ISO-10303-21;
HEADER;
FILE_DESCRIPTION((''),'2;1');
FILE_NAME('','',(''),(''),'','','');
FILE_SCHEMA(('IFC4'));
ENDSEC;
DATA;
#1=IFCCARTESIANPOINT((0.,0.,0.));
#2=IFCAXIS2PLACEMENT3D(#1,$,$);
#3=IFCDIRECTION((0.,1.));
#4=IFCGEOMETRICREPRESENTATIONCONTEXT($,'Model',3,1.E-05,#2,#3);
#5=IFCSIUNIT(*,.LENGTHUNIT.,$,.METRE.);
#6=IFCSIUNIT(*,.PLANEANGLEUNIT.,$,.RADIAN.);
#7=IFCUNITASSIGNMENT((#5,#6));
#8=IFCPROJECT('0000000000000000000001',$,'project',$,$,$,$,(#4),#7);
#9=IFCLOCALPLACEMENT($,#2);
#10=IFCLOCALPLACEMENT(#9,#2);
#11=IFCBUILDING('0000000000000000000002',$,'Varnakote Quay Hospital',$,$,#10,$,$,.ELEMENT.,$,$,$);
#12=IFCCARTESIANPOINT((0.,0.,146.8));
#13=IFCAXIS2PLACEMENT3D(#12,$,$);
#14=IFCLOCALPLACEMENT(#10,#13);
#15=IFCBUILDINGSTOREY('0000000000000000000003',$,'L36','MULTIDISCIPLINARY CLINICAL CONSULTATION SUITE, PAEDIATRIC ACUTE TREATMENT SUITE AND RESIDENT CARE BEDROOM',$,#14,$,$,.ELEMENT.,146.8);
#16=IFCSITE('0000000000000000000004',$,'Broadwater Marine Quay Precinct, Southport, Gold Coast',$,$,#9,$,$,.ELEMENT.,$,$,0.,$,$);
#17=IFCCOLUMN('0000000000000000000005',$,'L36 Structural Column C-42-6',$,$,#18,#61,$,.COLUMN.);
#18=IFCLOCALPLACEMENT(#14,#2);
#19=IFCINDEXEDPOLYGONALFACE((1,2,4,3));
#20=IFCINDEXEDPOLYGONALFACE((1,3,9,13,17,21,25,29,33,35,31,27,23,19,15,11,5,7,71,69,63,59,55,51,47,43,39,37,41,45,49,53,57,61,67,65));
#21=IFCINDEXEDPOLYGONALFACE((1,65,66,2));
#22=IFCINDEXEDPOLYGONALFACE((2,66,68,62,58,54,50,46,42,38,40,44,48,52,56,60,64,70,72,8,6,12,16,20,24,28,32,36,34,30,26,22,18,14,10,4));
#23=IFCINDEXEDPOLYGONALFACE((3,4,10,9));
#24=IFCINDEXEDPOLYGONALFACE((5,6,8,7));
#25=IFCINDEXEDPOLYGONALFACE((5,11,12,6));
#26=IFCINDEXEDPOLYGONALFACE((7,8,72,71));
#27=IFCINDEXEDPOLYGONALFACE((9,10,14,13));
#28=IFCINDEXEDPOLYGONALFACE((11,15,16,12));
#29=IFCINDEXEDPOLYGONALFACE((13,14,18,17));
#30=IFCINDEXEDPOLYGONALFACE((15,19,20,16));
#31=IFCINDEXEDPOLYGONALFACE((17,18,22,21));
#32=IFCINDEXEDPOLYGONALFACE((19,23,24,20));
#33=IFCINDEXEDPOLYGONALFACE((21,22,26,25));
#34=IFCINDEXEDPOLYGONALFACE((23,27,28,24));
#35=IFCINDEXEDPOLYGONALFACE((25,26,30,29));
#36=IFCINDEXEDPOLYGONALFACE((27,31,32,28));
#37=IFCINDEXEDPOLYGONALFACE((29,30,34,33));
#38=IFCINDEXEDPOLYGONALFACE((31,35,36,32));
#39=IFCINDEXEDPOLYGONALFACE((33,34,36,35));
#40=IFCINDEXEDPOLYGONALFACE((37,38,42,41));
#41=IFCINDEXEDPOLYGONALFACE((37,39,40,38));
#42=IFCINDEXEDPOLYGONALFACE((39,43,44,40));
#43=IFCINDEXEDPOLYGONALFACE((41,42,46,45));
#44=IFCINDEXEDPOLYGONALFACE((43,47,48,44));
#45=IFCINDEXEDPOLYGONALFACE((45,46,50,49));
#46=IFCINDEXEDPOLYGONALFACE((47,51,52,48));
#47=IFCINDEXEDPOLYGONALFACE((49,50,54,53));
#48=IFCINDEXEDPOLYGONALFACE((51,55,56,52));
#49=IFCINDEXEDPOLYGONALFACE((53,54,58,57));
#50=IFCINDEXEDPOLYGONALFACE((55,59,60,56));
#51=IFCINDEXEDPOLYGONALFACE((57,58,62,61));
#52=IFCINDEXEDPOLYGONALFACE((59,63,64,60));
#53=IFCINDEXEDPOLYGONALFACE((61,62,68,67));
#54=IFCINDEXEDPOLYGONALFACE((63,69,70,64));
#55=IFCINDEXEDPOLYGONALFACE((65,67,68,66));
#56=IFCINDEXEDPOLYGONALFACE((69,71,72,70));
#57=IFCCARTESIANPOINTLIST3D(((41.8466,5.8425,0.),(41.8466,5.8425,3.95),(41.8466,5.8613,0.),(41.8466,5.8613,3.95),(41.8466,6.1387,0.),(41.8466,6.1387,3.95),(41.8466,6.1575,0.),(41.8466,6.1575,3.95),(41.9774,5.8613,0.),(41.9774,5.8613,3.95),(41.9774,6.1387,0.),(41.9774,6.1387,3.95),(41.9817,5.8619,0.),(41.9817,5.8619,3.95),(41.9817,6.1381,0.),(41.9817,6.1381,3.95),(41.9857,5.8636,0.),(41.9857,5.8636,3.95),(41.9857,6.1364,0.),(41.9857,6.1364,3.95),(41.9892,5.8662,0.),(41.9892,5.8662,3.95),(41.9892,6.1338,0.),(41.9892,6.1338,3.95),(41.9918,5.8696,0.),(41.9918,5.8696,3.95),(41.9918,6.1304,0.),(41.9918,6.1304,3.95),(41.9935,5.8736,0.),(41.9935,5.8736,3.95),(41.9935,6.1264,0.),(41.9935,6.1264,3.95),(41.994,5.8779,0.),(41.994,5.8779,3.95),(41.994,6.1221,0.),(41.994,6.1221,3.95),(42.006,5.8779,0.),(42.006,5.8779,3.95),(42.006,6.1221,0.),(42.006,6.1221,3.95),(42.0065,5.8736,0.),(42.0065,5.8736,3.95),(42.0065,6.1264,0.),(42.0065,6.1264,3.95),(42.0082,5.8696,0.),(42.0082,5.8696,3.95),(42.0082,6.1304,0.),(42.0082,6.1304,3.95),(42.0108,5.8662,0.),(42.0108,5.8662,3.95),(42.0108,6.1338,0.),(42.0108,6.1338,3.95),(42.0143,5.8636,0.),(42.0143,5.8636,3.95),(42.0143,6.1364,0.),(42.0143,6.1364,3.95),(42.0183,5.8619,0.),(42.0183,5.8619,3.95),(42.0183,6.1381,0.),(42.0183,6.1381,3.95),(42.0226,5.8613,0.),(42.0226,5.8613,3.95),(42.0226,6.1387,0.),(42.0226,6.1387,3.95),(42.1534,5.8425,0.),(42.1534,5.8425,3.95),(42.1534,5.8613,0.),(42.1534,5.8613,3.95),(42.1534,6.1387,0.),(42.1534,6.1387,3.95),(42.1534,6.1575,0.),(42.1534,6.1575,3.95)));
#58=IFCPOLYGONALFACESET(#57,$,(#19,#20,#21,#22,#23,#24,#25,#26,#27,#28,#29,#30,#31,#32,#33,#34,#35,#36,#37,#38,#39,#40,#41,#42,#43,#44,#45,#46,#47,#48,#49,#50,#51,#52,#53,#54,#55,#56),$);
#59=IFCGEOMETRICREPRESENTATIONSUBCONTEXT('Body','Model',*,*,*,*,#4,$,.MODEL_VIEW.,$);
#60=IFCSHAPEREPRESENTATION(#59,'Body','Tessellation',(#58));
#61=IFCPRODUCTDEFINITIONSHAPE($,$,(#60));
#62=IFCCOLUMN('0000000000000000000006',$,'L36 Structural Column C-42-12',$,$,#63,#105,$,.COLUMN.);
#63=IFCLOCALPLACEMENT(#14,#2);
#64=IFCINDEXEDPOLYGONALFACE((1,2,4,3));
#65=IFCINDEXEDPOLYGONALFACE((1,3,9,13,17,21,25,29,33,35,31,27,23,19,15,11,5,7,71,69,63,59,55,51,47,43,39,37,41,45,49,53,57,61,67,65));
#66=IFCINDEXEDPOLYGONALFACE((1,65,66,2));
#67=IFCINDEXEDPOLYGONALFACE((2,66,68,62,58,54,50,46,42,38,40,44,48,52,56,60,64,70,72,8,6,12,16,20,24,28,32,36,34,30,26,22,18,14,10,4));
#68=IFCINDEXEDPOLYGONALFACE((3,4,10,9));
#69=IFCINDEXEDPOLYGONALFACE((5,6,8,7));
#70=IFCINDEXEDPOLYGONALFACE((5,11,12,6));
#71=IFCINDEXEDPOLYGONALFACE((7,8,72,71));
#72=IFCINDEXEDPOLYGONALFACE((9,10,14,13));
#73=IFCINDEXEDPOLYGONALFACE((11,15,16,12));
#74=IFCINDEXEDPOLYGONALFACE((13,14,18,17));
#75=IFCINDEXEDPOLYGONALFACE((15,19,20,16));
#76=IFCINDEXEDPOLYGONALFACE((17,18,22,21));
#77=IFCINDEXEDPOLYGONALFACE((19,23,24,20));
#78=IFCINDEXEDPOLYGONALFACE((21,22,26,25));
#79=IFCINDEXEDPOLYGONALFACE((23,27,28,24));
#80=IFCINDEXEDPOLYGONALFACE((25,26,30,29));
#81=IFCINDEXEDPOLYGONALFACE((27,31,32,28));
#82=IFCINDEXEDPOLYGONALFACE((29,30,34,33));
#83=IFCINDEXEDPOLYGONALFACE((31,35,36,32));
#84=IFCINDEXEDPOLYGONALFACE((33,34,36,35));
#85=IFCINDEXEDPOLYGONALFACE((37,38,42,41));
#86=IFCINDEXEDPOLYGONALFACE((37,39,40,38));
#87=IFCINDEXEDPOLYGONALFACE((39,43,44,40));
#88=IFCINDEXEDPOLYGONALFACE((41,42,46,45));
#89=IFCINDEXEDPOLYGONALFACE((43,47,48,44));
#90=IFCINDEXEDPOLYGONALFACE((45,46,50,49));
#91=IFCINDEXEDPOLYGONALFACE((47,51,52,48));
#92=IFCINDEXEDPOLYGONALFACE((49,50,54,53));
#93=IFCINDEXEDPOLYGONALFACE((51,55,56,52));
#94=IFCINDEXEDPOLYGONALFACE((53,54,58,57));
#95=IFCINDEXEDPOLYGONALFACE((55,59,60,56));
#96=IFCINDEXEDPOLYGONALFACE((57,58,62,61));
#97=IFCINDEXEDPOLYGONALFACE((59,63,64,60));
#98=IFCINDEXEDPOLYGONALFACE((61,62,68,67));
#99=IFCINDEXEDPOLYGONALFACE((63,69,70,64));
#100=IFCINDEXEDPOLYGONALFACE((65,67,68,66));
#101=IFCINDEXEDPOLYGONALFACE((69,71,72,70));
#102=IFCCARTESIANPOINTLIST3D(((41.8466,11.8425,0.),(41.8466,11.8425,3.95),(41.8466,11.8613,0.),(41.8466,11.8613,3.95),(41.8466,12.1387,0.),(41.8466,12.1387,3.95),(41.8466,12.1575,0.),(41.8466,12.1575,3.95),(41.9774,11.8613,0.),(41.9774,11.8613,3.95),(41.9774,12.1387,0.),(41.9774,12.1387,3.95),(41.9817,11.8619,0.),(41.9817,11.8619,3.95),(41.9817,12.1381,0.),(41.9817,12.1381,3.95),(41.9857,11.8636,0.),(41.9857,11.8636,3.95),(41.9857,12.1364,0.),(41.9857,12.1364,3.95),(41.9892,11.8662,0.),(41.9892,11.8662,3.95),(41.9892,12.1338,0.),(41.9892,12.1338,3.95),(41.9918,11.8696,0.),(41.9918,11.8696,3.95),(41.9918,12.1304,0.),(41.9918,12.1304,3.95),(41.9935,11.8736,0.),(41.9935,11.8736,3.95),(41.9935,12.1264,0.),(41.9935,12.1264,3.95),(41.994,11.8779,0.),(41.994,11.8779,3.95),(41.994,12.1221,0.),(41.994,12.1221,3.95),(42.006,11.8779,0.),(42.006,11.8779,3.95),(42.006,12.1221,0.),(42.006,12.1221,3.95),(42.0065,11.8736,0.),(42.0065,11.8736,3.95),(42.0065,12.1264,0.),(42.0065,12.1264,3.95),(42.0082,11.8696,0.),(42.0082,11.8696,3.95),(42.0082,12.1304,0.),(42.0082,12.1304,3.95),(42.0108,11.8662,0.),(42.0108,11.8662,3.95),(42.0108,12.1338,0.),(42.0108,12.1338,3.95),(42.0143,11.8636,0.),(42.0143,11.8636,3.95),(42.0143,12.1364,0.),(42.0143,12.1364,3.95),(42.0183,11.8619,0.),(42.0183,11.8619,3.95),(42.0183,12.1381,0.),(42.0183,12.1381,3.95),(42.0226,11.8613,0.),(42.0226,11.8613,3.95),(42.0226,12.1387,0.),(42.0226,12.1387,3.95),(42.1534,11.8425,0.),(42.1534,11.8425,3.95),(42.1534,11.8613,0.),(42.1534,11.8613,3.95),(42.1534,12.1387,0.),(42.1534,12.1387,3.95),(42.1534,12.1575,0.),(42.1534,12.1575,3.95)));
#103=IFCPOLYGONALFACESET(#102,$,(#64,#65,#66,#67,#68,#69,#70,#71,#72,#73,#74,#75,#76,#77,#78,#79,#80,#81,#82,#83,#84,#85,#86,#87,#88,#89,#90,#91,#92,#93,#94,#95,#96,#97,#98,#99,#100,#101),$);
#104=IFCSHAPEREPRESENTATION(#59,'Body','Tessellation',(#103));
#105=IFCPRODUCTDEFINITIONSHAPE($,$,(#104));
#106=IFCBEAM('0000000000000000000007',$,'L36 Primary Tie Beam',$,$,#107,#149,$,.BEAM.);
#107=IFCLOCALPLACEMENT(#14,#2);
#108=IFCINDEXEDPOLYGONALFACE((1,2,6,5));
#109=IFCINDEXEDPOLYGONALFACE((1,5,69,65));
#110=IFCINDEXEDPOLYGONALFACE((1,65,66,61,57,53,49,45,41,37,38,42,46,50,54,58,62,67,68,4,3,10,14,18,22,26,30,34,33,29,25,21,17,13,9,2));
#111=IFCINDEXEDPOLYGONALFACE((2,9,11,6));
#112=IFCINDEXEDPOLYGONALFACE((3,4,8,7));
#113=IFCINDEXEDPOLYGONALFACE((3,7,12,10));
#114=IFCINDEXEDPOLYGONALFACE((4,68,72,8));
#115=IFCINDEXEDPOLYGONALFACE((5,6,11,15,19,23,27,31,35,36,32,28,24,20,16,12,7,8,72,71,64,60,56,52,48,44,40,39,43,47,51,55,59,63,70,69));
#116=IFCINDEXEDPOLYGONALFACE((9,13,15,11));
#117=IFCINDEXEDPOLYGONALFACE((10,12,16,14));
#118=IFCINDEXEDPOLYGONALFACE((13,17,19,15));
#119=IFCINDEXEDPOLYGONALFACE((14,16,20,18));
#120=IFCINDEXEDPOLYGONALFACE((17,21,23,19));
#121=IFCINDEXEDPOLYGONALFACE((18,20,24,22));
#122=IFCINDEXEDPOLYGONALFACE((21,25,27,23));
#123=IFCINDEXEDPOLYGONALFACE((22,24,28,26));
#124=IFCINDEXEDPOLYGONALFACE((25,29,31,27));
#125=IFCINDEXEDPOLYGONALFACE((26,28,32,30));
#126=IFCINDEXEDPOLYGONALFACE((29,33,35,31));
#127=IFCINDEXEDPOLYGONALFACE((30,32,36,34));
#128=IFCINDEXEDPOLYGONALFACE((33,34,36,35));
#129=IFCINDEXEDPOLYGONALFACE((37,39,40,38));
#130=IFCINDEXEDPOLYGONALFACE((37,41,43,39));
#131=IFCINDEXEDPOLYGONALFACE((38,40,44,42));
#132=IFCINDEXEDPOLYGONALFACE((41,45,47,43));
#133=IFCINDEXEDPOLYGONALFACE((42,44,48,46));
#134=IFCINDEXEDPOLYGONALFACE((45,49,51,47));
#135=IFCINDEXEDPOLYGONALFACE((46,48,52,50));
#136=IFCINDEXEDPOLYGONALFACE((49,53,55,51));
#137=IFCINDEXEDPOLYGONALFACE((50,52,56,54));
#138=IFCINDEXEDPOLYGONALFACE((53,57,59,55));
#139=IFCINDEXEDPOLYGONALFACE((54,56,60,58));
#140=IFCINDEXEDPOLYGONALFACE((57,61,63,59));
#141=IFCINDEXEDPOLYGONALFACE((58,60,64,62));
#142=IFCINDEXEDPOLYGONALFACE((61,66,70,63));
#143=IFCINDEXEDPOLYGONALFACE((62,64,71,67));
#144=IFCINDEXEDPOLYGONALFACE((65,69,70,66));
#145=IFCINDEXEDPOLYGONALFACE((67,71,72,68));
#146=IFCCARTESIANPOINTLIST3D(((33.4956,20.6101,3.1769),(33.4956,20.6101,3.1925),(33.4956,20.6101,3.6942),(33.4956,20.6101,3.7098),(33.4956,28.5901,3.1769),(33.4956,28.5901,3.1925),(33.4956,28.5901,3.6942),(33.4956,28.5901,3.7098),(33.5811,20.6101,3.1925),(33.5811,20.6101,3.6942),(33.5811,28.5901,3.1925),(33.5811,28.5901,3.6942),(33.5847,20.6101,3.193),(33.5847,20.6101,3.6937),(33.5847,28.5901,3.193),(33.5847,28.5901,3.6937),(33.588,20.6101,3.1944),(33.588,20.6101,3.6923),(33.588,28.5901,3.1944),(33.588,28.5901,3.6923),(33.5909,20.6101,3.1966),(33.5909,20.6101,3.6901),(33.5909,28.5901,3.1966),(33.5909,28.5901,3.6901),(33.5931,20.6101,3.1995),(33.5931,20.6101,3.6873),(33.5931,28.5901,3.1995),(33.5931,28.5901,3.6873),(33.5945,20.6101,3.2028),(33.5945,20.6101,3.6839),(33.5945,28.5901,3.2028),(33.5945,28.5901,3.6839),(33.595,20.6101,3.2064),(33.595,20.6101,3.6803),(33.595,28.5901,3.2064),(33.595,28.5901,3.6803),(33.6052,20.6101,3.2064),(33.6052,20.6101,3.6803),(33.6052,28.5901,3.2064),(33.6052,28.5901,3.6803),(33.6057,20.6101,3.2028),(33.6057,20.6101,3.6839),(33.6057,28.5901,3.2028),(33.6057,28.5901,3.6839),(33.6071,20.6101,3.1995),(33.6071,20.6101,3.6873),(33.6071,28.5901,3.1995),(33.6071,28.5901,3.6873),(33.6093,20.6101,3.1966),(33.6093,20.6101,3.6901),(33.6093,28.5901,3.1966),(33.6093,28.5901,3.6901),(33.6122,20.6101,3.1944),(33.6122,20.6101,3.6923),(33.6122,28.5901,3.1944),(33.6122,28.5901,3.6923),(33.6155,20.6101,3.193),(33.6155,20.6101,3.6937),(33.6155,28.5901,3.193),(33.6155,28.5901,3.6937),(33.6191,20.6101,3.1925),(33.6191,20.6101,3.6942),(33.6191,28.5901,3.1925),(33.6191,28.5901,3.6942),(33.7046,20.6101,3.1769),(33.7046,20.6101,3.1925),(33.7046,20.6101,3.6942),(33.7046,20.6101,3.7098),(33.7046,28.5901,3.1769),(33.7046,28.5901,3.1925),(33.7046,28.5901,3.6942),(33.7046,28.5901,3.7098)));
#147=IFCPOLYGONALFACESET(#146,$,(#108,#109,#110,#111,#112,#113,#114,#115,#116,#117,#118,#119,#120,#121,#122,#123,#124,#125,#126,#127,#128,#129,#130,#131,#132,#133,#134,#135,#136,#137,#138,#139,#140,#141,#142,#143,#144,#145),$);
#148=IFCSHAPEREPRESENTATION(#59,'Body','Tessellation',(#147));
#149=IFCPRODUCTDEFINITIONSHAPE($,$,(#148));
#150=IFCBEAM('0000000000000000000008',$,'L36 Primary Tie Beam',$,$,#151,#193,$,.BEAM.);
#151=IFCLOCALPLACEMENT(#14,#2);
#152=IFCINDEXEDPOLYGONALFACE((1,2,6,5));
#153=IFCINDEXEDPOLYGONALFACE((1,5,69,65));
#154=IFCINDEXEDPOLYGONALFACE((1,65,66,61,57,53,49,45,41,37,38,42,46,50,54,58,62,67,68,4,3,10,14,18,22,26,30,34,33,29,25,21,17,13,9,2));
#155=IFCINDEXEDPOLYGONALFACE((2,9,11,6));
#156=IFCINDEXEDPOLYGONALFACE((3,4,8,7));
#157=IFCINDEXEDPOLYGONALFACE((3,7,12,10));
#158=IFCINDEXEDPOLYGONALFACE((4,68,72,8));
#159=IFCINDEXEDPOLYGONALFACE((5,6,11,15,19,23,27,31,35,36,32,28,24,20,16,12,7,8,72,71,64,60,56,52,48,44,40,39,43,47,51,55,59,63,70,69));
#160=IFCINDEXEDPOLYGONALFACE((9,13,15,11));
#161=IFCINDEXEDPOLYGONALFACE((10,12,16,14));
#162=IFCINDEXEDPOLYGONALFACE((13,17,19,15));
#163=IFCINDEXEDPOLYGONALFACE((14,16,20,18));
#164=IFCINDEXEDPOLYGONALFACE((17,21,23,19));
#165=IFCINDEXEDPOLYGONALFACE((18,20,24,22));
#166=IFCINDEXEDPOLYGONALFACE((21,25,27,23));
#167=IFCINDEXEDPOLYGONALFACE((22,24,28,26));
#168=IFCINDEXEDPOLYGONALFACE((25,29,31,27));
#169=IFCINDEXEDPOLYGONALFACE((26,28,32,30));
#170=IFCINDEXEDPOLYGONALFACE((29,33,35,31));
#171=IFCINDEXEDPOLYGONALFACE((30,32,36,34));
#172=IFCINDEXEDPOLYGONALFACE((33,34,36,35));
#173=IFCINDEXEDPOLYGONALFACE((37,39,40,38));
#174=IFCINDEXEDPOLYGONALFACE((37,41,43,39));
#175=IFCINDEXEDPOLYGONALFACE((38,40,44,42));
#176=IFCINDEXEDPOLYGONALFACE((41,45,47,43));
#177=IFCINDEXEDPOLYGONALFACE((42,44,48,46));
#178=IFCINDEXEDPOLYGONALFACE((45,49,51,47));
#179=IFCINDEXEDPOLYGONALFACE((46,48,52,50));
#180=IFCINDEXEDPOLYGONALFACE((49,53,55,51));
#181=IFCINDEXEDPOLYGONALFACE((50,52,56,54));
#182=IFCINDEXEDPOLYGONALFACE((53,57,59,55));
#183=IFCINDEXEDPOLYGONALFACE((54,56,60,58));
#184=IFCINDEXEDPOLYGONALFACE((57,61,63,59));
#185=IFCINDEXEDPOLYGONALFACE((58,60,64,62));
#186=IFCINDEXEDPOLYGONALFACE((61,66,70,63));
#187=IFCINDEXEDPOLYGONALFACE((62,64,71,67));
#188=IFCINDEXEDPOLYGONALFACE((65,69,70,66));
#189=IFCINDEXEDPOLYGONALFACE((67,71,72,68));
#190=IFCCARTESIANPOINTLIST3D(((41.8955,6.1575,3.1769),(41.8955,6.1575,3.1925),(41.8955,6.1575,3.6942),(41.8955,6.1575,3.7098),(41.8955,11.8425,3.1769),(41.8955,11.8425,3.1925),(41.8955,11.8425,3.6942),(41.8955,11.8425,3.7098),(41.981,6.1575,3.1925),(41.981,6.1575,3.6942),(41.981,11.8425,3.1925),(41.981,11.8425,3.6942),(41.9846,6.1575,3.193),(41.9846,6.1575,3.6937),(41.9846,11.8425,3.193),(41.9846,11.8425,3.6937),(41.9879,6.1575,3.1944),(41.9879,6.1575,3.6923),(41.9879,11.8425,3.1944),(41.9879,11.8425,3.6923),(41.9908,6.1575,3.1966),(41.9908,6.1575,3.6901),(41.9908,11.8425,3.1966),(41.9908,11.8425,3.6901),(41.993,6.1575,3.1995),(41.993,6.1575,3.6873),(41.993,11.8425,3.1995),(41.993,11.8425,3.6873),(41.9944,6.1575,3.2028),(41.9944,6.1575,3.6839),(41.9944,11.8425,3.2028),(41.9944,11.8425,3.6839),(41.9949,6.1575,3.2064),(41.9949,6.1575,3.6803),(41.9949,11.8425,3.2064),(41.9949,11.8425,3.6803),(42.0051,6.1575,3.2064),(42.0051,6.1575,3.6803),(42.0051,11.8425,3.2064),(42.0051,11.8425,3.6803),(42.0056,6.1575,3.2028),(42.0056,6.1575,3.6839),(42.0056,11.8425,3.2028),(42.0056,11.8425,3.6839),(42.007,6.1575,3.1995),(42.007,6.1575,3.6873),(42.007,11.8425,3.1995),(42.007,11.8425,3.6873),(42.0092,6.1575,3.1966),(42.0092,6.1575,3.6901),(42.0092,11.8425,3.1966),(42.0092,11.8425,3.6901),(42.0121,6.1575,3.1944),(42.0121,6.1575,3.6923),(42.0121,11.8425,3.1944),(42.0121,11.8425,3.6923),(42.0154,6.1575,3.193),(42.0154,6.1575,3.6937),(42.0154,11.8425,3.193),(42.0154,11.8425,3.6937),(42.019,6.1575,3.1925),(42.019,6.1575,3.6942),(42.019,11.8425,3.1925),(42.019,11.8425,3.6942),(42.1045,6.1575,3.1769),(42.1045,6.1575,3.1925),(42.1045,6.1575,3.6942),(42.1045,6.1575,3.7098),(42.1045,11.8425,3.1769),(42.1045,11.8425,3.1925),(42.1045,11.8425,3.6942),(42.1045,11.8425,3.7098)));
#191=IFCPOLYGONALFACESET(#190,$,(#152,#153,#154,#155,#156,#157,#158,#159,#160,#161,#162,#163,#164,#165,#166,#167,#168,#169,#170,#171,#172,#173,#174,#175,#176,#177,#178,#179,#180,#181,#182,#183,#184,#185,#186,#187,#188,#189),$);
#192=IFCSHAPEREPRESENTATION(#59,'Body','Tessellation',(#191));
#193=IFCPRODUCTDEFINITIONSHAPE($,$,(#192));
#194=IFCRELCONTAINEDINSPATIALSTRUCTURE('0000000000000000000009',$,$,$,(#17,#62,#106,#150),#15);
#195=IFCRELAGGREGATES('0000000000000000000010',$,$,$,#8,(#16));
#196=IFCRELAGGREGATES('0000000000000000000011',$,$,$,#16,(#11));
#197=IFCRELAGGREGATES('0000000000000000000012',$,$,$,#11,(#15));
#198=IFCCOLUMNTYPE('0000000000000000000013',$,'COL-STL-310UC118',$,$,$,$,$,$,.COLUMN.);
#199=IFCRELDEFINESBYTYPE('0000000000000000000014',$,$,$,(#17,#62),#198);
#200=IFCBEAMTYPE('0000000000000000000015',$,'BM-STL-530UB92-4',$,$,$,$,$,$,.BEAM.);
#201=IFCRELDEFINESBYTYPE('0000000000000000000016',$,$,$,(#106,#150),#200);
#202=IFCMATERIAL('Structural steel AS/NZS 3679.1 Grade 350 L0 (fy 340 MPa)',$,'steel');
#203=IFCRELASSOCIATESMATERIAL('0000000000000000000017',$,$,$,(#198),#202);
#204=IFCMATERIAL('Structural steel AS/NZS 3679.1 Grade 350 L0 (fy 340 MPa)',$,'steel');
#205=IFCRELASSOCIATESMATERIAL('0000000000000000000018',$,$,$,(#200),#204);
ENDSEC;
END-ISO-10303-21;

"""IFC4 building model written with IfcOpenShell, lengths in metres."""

from ifc_helpers import new_model, si_unit, direction, frame, origin, origin_2d, place, context, subcontext, project, spatial, i_section, extrude, material, material_profile, profile_set, type_object, element, save


model = new_model("IFC4")

# Units and contexts
model_context = context("Model", 3, precision=1e-05, world=origin(), true_north=direction((0.0, 1.0)))
body_context = subcontext(model_context, "Body", "Model", "MODEL_VIEW")
ifc_project = project(units=[si_unit("LENGTHUNIT", "METRE"), si_unit("PLANEANGLEUNIT", "RADIAN")], contexts=[model_context])

# Site, building, storey
site_placement = place(None, origin())
site = spatial("IfcSite", under=ifc_project, at=site_placement, Name="Broadwater Marine Quay Precinct, Southport, Gold Coast", CompositionType="ELEMENT", RefElevation=0.0)
building_placement = place(site_placement, origin())
building = spatial("IfcBuilding", under=site, at=building_placement, Name="Varnakote Quay Hospital", CompositionType="ELEMENT")
storey_placement = place(building_placement, frame((0.0, 0.0, 146.8)))
storey = spatial("IfcBuildingStorey", under=building, at=storey_placement, Name="L36", Description="MULTIDISCIPLINARY CLINICAL CONSULTATION SUITE, PAEDIATRIC ACUTE TREATMENT SUITE AND RESIDENT CARE BEDROOM", CompositionType="ELEMENT", Elevation=146.8)

# Columns
ifc_material_1 = material(Name="Structural steel AS/NZS 3679.1 Grade 350 L0 (fy 340 MPa)", Category="steel")
ifc_material_profile_1 = material_profile(ifc_material_1, i_section(OverallWidth=0.3069, OverallDepth=0.3149, WebThickness=0.012, FlangeThickness=0.0188, FilletRadius=0.0166, at=origin_2d()), Name="310UC118")
ifc_profile_set_1 = profile_set([ifc_material_profile_1], Name="Structural steel AS/NZS 3679.1 Grade 350 L0 (fy 340 MPa)")
column_type = type_object("IfcColumnType", Name="COL-STL-310UC118", PredefinedType="COLUMN", material=ifc_profile_set_1)
for number, where, z_axis, x_axis, name in (
    (1, (42.0, 6.0, 0.0), (0.0, 0.0, 1.0), (1.0, 0.0, 0.0), "L36 Structural Column C-42-6"),
    (2, (42.0, 12.0, 0.0), (0.0, 0.0, 1.0), (1.0, 0.0, 0.0), "L36 Structural Column C-42-12"),
):
    element("IfcColumn", number, at=place(storey_placement, frame(where, z_axis=z_axis, x_axis=x_axis)), inside=storey, type_object=column_type, Name=name, PredefinedType="COLUMN", context=body_context, shape_type="SweptSolid", body=[
        extrude(i_section(OverallWidth=0.3069, OverallDepth=0.3149, WebThickness=0.012, FlangeThickness=0.0188, FilletRadius=0.0166, at=origin_2d()), origin(), (0.0, 0.0, 1.0), 3.95),
    ])

# Beams
ifc_material_2 = material(Name="Structural steel AS/NZS 3679.1 Grade 350 L0 (fy 340 MPa)", Category="steel")
ifc_material_profile_2 = material_profile(ifc_material_2, i_section(OverallWidth=0.209, OverallDepth=0.533, WebThickness=0.0103, FlangeThickness=0.0156, FilletRadius=0.0139, at=origin_2d()), Name="530UB92.4")
ifc_profile_set_2 = profile_set([ifc_material_profile_2], Name="Structural steel AS/NZS 3679.1 Grade 350 L0 (fy 340 MPa)")
beam_type_1 = type_object("IfcBeamType", Name="BM-STL-530UB92-4", PredefinedType="BEAM", material=ifc_profile_set_2)
beam_1_placement = place(storey_placement, frame((33.6001, 20.6101, 3.4434), z_axis=(0.0, 1.0, 0.0), x_axis=(-1.0, 0.0, 0.0)))
element("IfcBeam", 3, at=beam_1_placement, inside=storey, type_object=beam_type_1, Name="L36 Primary Tie Beam", PredefinedType="BEAM", context=body_context, shape_type="SweptSolid", body=[
    extrude(i_section(OverallWidth=0.209, OverallDepth=0.533, WebThickness=0.0103, FlangeThickness=0.0156, FilletRadius=0.0139, at=origin_2d()), origin(), (0.0, 0.0, 1.0), 7.98),
])
beam_2_placement = place(storey_placement, frame((42.0, 6.1575, 3.4434), z_axis=(0.0, 1.0, 0.0), x_axis=(-1.0, 0.0, 0.0)))
element("IfcBeam", 4, at=beam_2_placement, inside=storey, type_object=beam_type_1, Name="L36 Primary Tie Beam", PredefinedType="BEAM", context=body_context, shape_type="SweptSolid", body=[
    extrude(i_section(OverallWidth=0.209, OverallDepth=0.533, WebThickness=0.0103, FlangeThickness=0.0156, FilletRadius=0.0139, at=origin_2d()), origin(), (0.0, 0.0, 1.0), 5.6851),
])

save(model, "model.ifc")
